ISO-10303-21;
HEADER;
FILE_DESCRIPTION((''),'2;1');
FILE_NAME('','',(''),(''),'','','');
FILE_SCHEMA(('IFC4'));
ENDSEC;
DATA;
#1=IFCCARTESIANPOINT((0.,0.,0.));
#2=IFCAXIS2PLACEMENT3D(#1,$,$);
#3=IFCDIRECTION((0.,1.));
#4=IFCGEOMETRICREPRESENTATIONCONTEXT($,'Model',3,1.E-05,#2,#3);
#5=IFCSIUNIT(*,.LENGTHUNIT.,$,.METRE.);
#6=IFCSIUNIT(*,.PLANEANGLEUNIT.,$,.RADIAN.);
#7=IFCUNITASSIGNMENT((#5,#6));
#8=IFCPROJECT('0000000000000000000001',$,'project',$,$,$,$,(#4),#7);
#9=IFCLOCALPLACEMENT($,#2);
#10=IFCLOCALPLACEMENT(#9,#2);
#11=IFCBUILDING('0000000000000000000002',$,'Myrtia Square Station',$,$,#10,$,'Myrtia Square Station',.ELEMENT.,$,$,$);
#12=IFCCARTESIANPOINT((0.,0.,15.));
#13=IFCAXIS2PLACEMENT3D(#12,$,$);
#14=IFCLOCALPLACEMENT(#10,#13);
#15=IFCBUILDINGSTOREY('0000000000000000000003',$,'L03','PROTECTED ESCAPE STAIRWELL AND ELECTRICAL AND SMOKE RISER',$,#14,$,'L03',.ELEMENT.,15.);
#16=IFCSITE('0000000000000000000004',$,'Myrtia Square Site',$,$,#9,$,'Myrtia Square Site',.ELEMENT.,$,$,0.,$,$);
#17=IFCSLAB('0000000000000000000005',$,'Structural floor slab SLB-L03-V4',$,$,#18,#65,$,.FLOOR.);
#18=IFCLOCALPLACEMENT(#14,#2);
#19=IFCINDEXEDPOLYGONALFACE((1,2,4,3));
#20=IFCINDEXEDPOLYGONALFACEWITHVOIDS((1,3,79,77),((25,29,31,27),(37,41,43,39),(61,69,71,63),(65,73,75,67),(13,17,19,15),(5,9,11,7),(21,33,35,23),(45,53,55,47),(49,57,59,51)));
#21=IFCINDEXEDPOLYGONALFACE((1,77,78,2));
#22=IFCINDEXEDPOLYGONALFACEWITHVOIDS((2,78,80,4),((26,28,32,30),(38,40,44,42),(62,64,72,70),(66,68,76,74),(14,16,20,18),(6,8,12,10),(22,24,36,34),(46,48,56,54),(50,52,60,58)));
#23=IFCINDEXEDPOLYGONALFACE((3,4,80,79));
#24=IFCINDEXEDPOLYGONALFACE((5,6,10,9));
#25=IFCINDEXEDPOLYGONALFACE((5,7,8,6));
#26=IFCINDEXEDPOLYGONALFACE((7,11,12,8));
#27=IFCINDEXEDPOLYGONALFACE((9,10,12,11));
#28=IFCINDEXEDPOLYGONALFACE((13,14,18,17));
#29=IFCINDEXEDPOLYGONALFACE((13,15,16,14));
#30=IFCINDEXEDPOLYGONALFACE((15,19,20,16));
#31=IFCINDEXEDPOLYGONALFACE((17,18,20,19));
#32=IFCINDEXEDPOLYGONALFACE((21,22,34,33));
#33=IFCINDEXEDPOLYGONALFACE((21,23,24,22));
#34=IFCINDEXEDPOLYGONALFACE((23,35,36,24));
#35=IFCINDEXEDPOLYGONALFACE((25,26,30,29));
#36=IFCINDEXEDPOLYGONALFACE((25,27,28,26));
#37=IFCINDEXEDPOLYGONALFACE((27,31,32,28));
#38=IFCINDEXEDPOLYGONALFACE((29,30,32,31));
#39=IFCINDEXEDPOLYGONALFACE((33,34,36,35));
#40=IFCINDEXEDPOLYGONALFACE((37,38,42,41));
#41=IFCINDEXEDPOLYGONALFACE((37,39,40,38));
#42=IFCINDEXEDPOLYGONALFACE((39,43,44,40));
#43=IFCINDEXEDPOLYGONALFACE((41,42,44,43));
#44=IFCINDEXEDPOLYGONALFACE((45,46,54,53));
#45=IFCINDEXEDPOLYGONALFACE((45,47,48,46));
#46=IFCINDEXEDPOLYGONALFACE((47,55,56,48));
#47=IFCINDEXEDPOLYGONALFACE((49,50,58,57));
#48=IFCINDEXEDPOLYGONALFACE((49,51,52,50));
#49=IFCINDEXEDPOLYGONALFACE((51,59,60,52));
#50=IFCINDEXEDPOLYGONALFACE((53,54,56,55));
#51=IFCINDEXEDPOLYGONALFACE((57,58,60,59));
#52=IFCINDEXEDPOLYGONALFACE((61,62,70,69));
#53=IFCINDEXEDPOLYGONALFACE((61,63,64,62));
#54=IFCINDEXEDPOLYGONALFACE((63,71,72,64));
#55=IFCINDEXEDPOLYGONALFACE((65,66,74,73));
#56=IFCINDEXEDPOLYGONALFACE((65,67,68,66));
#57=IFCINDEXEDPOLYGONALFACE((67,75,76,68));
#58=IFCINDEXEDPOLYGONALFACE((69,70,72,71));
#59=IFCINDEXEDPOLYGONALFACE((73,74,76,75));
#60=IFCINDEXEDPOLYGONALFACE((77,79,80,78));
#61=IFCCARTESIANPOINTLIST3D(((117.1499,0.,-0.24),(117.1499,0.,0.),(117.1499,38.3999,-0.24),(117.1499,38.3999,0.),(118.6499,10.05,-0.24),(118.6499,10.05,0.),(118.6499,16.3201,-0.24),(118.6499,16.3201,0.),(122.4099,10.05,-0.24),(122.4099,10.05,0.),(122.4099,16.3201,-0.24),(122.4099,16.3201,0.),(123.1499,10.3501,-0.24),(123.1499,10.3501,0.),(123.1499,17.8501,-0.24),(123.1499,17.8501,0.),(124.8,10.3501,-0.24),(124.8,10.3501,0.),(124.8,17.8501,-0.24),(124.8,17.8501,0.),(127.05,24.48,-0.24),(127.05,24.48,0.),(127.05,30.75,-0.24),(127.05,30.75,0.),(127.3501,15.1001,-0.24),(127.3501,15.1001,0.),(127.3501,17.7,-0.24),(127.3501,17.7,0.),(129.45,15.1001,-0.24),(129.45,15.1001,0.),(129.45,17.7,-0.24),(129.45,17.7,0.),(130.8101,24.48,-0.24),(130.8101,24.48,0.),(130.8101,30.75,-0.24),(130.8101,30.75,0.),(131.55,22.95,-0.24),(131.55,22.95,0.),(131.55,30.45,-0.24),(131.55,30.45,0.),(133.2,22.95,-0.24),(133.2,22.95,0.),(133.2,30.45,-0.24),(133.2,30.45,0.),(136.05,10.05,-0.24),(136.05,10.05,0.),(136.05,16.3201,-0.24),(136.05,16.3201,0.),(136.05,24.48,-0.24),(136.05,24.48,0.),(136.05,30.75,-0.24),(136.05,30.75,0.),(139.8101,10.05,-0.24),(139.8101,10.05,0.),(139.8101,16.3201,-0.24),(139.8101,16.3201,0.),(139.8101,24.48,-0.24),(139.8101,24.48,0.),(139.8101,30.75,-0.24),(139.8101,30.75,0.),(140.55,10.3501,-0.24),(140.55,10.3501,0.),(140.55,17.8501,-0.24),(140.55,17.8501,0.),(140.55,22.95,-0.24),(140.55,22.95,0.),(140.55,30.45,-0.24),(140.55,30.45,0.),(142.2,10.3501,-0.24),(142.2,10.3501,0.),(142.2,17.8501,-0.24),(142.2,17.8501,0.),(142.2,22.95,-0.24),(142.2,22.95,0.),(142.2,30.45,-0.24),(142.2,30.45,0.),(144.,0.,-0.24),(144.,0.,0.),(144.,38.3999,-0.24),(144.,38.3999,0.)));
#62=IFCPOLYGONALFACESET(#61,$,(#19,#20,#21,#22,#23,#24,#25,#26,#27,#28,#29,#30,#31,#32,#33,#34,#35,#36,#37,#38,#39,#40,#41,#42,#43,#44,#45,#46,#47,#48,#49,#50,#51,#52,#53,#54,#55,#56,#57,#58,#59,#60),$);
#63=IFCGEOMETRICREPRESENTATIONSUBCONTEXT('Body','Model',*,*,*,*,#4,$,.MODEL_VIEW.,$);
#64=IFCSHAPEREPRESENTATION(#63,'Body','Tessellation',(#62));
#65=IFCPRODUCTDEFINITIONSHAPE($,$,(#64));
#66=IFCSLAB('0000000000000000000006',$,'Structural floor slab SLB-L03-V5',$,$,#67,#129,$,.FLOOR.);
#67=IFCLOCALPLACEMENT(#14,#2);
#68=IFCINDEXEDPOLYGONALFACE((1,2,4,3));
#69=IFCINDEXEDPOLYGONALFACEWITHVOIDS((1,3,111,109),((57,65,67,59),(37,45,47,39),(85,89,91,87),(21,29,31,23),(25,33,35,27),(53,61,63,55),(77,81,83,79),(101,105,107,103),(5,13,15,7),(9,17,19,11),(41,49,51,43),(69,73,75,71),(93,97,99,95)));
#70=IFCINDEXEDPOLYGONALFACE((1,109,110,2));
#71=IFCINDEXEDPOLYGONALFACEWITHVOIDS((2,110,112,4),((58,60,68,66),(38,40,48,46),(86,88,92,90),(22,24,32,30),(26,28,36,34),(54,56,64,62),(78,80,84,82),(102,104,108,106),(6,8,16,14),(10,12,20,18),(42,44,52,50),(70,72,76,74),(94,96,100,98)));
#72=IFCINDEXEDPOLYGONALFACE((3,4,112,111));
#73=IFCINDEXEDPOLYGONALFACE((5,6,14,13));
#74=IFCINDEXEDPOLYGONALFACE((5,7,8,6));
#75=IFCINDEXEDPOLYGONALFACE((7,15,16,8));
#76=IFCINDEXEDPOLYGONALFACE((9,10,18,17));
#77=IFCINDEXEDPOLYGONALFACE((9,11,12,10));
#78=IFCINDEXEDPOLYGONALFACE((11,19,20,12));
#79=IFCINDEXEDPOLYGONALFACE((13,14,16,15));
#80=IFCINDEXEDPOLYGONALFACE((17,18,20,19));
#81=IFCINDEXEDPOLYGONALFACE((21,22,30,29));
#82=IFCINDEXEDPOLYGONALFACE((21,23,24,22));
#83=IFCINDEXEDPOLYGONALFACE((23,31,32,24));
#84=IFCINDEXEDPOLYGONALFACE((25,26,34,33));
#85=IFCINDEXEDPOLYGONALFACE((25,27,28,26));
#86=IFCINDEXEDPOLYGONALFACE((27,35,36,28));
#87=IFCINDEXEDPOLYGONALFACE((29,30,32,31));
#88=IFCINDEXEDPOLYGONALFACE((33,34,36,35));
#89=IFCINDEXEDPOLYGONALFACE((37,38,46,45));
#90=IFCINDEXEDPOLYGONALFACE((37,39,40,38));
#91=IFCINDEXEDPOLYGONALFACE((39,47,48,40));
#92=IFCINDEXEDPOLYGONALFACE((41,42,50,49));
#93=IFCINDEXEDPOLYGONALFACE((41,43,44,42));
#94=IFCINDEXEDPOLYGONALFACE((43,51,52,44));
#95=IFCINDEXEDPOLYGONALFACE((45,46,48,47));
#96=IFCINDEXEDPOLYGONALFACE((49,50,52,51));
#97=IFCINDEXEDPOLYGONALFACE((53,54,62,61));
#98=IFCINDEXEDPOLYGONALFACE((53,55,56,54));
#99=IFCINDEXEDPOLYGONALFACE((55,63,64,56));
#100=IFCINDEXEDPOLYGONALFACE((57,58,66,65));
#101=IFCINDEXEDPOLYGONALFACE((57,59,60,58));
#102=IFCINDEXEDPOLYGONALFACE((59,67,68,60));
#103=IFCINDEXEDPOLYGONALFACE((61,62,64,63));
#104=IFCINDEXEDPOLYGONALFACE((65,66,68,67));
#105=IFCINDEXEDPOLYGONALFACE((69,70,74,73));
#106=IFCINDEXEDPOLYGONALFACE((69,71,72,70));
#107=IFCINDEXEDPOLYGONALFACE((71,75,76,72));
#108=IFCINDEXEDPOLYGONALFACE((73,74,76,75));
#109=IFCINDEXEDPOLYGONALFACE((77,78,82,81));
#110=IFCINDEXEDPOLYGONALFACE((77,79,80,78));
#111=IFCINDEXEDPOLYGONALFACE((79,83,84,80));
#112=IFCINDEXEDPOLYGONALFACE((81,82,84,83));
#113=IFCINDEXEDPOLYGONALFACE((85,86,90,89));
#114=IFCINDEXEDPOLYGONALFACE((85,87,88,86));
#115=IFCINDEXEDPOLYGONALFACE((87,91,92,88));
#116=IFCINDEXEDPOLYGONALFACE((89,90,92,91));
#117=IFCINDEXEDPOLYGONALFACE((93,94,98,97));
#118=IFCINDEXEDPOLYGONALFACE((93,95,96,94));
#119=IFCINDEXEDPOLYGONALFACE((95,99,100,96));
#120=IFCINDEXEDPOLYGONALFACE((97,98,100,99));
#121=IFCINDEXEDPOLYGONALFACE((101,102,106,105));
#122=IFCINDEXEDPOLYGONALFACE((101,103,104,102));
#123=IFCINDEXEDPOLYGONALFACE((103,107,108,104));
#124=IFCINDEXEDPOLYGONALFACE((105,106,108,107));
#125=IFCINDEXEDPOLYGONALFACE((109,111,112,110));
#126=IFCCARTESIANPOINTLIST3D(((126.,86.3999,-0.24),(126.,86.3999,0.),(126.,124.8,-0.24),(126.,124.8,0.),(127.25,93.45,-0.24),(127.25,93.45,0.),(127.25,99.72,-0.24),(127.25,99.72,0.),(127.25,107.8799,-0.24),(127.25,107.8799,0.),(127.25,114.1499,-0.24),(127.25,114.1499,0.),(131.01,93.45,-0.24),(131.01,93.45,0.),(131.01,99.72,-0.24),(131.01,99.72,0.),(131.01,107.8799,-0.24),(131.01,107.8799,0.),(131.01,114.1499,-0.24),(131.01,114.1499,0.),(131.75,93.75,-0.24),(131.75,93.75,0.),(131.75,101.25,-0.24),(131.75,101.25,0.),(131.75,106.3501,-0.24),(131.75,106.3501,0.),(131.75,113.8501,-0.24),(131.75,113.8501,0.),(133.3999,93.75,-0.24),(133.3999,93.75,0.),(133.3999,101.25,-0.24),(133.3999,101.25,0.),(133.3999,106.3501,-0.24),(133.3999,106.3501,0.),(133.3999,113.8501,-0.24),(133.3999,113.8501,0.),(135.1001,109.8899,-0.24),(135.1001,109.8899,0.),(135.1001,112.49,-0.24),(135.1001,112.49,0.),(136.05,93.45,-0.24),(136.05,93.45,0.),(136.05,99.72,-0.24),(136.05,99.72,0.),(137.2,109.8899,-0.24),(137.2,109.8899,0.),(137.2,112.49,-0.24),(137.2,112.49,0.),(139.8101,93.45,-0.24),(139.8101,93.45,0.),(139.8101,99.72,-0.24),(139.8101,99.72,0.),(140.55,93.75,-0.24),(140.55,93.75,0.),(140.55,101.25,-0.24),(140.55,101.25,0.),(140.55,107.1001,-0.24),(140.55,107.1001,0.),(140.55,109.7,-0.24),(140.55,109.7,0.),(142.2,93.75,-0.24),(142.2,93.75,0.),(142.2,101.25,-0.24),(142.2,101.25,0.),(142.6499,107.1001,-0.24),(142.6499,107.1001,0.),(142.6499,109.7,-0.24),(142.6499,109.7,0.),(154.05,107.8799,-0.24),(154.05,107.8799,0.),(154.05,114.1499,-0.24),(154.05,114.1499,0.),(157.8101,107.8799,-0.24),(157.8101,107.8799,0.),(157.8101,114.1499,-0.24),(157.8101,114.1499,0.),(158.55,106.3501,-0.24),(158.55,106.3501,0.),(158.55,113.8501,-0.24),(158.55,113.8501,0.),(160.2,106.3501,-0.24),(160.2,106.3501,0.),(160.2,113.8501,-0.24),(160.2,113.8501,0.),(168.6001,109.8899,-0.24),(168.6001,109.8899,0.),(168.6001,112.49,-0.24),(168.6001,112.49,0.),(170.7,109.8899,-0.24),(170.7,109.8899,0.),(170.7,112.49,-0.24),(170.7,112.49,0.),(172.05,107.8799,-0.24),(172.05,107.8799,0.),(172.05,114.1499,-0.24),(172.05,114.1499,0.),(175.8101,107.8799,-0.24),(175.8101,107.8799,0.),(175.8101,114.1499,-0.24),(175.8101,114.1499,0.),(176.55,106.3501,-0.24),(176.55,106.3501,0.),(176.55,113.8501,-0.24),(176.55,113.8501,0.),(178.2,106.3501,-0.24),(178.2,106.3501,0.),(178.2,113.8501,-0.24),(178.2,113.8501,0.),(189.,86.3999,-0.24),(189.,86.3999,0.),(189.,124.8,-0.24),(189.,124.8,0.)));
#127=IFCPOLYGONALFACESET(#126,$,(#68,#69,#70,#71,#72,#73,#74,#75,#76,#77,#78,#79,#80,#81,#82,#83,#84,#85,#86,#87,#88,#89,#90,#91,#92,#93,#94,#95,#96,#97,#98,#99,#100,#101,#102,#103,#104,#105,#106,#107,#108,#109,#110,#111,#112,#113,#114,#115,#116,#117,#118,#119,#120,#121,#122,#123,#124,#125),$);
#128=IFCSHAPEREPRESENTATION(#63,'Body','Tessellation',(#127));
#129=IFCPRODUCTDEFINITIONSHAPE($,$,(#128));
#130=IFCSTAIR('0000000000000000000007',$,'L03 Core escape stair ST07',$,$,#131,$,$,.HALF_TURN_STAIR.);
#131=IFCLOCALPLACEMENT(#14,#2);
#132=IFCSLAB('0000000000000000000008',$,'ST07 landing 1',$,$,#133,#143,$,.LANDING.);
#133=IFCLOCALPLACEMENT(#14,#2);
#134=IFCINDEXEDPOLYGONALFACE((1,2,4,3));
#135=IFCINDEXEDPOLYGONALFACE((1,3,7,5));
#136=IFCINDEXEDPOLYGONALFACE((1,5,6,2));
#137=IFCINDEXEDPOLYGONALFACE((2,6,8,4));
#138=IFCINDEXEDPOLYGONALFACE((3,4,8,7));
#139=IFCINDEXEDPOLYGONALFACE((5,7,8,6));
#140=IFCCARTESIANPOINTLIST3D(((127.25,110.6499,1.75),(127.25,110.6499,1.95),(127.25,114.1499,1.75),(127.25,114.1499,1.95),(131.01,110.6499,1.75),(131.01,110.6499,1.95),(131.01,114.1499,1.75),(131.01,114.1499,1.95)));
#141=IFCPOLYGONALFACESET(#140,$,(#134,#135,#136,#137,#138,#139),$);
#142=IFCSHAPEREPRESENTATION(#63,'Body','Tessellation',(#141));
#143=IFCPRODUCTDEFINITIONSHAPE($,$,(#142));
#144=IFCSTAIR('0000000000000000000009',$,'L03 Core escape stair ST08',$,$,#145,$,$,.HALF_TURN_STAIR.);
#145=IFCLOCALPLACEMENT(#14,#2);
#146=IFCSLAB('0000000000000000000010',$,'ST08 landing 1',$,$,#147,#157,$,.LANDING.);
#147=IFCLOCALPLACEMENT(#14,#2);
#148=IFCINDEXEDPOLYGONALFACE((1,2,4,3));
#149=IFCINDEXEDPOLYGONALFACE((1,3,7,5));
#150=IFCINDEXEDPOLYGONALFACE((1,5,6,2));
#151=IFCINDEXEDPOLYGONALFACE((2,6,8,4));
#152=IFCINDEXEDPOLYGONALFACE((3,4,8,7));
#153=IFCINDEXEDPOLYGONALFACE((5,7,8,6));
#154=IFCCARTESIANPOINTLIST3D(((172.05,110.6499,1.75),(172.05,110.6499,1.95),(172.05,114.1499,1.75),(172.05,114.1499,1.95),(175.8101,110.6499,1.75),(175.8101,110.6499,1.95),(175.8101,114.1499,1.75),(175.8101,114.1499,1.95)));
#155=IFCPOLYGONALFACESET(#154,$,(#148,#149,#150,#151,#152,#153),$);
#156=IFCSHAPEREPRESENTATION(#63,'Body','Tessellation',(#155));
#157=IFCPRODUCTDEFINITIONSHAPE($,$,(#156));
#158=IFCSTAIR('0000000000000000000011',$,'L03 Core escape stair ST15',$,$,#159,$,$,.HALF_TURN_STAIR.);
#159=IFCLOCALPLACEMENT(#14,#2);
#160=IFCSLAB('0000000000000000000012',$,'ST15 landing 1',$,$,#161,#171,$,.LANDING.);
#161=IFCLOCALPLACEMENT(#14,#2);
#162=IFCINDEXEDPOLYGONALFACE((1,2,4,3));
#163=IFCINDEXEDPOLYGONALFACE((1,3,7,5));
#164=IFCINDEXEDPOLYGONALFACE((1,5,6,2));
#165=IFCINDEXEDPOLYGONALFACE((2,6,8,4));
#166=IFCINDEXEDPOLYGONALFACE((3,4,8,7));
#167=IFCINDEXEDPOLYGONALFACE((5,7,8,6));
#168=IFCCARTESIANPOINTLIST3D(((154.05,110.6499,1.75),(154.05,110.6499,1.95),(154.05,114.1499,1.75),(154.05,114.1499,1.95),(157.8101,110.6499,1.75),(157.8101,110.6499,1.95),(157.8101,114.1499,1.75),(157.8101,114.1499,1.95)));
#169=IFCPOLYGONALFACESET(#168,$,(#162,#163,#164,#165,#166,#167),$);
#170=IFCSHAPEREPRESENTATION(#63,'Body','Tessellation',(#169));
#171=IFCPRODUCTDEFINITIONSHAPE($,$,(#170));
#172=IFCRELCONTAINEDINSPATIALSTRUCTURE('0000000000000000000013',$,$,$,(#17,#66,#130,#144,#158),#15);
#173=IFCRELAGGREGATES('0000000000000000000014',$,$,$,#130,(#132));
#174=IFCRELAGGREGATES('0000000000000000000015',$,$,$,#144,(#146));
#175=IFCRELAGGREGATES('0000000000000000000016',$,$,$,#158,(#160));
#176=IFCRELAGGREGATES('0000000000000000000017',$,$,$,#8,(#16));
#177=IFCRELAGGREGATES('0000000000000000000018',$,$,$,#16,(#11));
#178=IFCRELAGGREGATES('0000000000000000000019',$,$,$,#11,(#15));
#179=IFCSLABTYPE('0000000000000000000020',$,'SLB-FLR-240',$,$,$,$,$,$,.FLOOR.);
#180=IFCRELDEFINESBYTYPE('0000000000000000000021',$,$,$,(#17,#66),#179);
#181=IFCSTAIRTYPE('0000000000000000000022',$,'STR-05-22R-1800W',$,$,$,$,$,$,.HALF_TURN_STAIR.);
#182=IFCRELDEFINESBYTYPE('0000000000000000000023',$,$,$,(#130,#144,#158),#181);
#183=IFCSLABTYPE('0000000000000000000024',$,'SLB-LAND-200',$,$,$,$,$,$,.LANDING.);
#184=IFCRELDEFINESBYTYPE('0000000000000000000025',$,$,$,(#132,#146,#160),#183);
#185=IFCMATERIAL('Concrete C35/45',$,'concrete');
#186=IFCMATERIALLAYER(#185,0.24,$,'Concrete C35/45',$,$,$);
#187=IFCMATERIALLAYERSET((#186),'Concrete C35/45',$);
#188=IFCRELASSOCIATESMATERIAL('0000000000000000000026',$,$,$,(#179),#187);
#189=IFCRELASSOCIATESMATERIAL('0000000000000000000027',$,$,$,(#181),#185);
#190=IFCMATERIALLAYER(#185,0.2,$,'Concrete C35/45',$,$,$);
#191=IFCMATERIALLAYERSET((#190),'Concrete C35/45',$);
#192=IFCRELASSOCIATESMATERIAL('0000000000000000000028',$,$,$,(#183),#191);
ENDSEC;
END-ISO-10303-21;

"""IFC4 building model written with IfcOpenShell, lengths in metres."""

from ifc_helpers import new_model, si_unit, direction, frame, origin, place, context, subcontext, project, spatial, polyline, outline, extrude, material, layer, layer_set, type_object, element, aggregate, save


model = new_model("IFC4")

# Units and contexts
model_context = context("Model", 3, precision=1e-05, world=origin(), true_north=direction((0.0, 1.0)))
body_context = subcontext(model_context, "Body", "Model", "MODEL_VIEW")
ifc_project = project(units=[si_unit("LENGTHUNIT", "METRE"), si_unit("PLANEANGLEUNIT", "RADIAN")], contexts=[model_context])

# Site, building, storey
site_placement = place(None, origin())
site = spatial("IfcSite", under=ifc_project, at=site_placement, Name="Myrtia Square Site", LongName="Myrtia Square Site", CompositionType="ELEMENT", RefElevation=0.0)
building_placement = place(site_placement, origin())
building = spatial("IfcBuilding", under=site, at=building_placement, Name="Myrtia Square Station", LongName="Myrtia Square Station", CompositionType="ELEMENT")
storey_placement = place(building_placement, frame((0.0, 0.0, 15.0)))
storey = spatial("IfcBuildingStorey", under=building, at=storey_placement, Name="L03", Description="PROTECTED ESCAPE STAIRWELL AND ELECTRICAL AND SMOKE RISER", LongName="L03", CompositionType="ELEMENT", Elevation=15.0)

# Slabs
ifc_material_1 = material(Name="Concrete C35/45", Category="concrete")
ifc_layer_1 = layer(ifc_material_1, 0.24, Name="Concrete C35/45")
ifc_layer_set_1 = layer_set([ifc_layer_1], Name="Concrete C35/45")
slab_type_1 = type_object("IfcSlabType", Name="SLB-FLR-240", PredefinedType="FLOOR", material=ifc_layer_set_1)
slab_1_placement = place(storey_placement, frame((0.0, 0.0, -0.24)))
element("IfcSlab", 1, at=slab_1_placement, inside=storey, type_object=slab_type_1, Name="Structural floor slab SLB-L03-V4", PredefinedType="FLOOR", context=body_context, shape_type="SweptSolid", body=[
    extrude(outline(polyline([(117.1499, 0.0), (144.0, 0.0), (144.0, 38.3999), (117.1499, 38.3999), (117.1499, 0.0)]), holes=[polyline([(123.1499, 10.3501), (123.1499, 17.8501), (124.8, 17.8501), (124.8, 10.3501), (123.1499, 10.3501)]), polyline([(140.55, 10.3501), (140.55, 17.8501), (142.2, 17.8501), (142.2, 10.3501), (140.55, 10.3501)]), polyline([(140.55, 22.95), (140.55, 30.45), (142.2, 30.45), (142.2, 22.95), (140.55, 22.95)]), polyline([(131.55, 22.95), (131.55, 30.45), (133.2, 30.45), (133.2, 22.95), (131.55, 22.95)]), polyline([(118.6499, 10.05), (118.6499, 16.3201), (122.4099, 16.3201), (122.4099, 10.05), (118.6499, 10.05)]), polyline([(136.05, 10.05), (136.05, 16.3201), (139.8101, 16.3201), (139.8101, 10.05), (136.05, 10.05)]), polyline([(136.05, 24.48), (136.05, 30.75), (139.8101, 30.75), (139.8101, 24.48), (136.05, 24.48)]), polyline([(127.05, 24.48), (127.05, 30.75), (130.8101, 30.75), (130.8101, 24.48), (127.05, 24.48)]), polyline([(127.3501, 15.1001), (127.3501, 17.7), (129.45, 17.7), (129.45, 15.1001), (127.3501, 15.1001)])]), origin(), (0.0, 0.0, 1.0), 0.24),
])
slab_2_placement = place(storey_placement, frame((0.0, 0.0, -0.24)))
element("IfcSlab", 2, at=slab_2_placement, inside=storey, type_object=slab_type_1, Name="Structural floor slab SLB-L03-V5", PredefinedType="FLOOR", context=body_context, shape_type="SweptSolid", body=[
    extrude(outline(polyline([(126.0, 86.3999), (189.0, 86.3999), (189.0, 124.8), (126.0, 124.8), (126.0, 86.3999)]), holes=[polyline([(131.75, 106.3501), (131.75, 113.8501), (133.3999, 113.8501), (133.3999, 106.3501), (131.75, 106.3501)]), polyline([(176.55, 106.3501), (176.55, 113.8501), (178.2, 113.8501), (178.2, 106.3501), (176.55, 106.3501)]), polyline([(131.75, 93.75), (131.75, 101.25), (133.3999, 101.25), (133.3999, 93.75), (131.75, 93.75)]), polyline([(140.55, 93.75), (140.55, 101.25), (142.2, 101.25), (142.2, 93.75), (140.55, 93.75)]), polyline([(158.55, 106.3501), (158.55, 113.8501), (160.2, 113.8501), (160.2, 106.3501), (158.55, 106.3501)]), polyline([(127.25, 107.8799), (127.25, 114.1499), (131.01, 114.1499), (131.01, 107.8799), (127.25, 107.8799)]), polyline([(172.05, 107.8799), (172.05, 114.1499), (175.8101, 114.1499), (175.8101, 107.8799), (172.05, 107.8799)]), polyline([(127.25, 93.45), (127.25, 99.72), (131.01, 99.72), (131.01, 93.45), (127.25, 93.45)]), polyline([(136.05, 93.45), (136.05, 99.72), (139.8101, 99.72), (139.8101, 93.45), (136.05, 93.45)]), polyline([(154.05, 107.8799), (154.05, 114.1499), (157.8101, 114.1499), (157.8101, 107.8799), (154.05, 107.8799)]), polyline([(140.55, 107.1001), (140.55, 109.7), (142.6499, 109.7), (142.6499, 107.1001), (140.55, 107.1001)]), polyline([(135.1001, 109.8899), (135.1001, 112.49), (137.2, 112.49), (137.2, 109.8899), (135.1001, 109.8899)]), polyline([(168.6001, 109.8899), (168.6001, 112.49), (170.7, 112.49), (170.7, 109.8899), (168.6001, 109.8899)])]), origin(), (0.0, 0.0, 1.0), 0.24),
])

# Stairs, slabs
stair_type = type_object("IfcStairType", Name="STR-05-22R-1800W", PredefinedType="HALF_TURN_STAIR", material=ifc_material_1)
stair_1_placement = place(storey_placement, origin())
stair_1 = element("IfcStair", 3, at=stair_1_placement, inside=storey, type_object=stair_type, Name="L03 Core escape stair ST07", PredefinedType="HALF_TURN_STAIR")
ifc_layer_2 = layer(ifc_material_1, 0.2, Name="Concrete C35/45")
ifc_layer_set_2 = layer_set([ifc_layer_2], Name="Concrete C35/45")
slab_type_2 = type_object("IfcSlabType", Name="SLB-LAND-200", PredefinedType="LANDING", material=ifc_layer_set_2)
slab_3_placement = place(storey_placement, frame((0.0, 0.0, 1.75)))
slab_3 = element("IfcSlab", 4, at=slab_3_placement, type_object=slab_type_2, Name="ST07 landing 1", PredefinedType="LANDING", context=body_context, shape_type="SweptSolid", body=[
    extrude(outline(polyline([(131.01, 110.6499), (131.01, 114.1499), (127.25, 114.1499), (127.25, 110.6499), (131.01, 110.6499)])), origin(), (0.0, 0.0, 1.0), 0.2),
])
aggregate(stair_1, [slab_3])
stair_2_placement = place(storey_placement, origin())
stair_2 = element("IfcStair", 5, at=stair_2_placement, inside=storey, type_object=stair_type, Name="L03 Core escape stair ST08", PredefinedType="HALF_TURN_STAIR")
slab_4_placement = place(storey_placement, frame((0.0, 0.0, 1.75)))
slab_4 = element("IfcSlab", 6, at=slab_4_placement, type_object=slab_type_2, Name="ST08 landing 1", PredefinedType="LANDING", context=body_context, shape_type="SweptSolid", body=[
    extrude(outline(polyline([(175.8101, 110.6499), (175.8101, 114.1499), (172.05, 114.1499), (172.05, 110.6499), (175.8101, 110.6499)])), origin(), (0.0, 0.0, 1.0), 0.2),
])
aggregate(stair_2, [slab_4])
stair_3_placement = place(storey_placement, origin())
stair_3 = element("IfcStair", 7, at=stair_3_placement, inside=storey, type_object=stair_type, Name="L03 Core escape stair ST15", PredefinedType="HALF_TURN_STAIR")
slab_5_placement = place(storey_placement, frame((0.0, 0.0, 1.75)))
slab_5 = element("IfcSlab", 8, at=slab_5_placement, type_object=slab_type_2, Name="ST15 landing 1", PredefinedType="LANDING", context=body_context, shape_type="SweptSolid", body=[
    extrude(outline(polyline([(157.8101, 110.6499), (157.8101, 114.1499), (154.05, 114.1499), (154.05, 110.6499), (157.8101, 110.6499)])), origin(), (0.0, 0.0, 1.0), 0.2),
])
aggregate(stair_3, [slab_5])

save(model, "model.ifc")
